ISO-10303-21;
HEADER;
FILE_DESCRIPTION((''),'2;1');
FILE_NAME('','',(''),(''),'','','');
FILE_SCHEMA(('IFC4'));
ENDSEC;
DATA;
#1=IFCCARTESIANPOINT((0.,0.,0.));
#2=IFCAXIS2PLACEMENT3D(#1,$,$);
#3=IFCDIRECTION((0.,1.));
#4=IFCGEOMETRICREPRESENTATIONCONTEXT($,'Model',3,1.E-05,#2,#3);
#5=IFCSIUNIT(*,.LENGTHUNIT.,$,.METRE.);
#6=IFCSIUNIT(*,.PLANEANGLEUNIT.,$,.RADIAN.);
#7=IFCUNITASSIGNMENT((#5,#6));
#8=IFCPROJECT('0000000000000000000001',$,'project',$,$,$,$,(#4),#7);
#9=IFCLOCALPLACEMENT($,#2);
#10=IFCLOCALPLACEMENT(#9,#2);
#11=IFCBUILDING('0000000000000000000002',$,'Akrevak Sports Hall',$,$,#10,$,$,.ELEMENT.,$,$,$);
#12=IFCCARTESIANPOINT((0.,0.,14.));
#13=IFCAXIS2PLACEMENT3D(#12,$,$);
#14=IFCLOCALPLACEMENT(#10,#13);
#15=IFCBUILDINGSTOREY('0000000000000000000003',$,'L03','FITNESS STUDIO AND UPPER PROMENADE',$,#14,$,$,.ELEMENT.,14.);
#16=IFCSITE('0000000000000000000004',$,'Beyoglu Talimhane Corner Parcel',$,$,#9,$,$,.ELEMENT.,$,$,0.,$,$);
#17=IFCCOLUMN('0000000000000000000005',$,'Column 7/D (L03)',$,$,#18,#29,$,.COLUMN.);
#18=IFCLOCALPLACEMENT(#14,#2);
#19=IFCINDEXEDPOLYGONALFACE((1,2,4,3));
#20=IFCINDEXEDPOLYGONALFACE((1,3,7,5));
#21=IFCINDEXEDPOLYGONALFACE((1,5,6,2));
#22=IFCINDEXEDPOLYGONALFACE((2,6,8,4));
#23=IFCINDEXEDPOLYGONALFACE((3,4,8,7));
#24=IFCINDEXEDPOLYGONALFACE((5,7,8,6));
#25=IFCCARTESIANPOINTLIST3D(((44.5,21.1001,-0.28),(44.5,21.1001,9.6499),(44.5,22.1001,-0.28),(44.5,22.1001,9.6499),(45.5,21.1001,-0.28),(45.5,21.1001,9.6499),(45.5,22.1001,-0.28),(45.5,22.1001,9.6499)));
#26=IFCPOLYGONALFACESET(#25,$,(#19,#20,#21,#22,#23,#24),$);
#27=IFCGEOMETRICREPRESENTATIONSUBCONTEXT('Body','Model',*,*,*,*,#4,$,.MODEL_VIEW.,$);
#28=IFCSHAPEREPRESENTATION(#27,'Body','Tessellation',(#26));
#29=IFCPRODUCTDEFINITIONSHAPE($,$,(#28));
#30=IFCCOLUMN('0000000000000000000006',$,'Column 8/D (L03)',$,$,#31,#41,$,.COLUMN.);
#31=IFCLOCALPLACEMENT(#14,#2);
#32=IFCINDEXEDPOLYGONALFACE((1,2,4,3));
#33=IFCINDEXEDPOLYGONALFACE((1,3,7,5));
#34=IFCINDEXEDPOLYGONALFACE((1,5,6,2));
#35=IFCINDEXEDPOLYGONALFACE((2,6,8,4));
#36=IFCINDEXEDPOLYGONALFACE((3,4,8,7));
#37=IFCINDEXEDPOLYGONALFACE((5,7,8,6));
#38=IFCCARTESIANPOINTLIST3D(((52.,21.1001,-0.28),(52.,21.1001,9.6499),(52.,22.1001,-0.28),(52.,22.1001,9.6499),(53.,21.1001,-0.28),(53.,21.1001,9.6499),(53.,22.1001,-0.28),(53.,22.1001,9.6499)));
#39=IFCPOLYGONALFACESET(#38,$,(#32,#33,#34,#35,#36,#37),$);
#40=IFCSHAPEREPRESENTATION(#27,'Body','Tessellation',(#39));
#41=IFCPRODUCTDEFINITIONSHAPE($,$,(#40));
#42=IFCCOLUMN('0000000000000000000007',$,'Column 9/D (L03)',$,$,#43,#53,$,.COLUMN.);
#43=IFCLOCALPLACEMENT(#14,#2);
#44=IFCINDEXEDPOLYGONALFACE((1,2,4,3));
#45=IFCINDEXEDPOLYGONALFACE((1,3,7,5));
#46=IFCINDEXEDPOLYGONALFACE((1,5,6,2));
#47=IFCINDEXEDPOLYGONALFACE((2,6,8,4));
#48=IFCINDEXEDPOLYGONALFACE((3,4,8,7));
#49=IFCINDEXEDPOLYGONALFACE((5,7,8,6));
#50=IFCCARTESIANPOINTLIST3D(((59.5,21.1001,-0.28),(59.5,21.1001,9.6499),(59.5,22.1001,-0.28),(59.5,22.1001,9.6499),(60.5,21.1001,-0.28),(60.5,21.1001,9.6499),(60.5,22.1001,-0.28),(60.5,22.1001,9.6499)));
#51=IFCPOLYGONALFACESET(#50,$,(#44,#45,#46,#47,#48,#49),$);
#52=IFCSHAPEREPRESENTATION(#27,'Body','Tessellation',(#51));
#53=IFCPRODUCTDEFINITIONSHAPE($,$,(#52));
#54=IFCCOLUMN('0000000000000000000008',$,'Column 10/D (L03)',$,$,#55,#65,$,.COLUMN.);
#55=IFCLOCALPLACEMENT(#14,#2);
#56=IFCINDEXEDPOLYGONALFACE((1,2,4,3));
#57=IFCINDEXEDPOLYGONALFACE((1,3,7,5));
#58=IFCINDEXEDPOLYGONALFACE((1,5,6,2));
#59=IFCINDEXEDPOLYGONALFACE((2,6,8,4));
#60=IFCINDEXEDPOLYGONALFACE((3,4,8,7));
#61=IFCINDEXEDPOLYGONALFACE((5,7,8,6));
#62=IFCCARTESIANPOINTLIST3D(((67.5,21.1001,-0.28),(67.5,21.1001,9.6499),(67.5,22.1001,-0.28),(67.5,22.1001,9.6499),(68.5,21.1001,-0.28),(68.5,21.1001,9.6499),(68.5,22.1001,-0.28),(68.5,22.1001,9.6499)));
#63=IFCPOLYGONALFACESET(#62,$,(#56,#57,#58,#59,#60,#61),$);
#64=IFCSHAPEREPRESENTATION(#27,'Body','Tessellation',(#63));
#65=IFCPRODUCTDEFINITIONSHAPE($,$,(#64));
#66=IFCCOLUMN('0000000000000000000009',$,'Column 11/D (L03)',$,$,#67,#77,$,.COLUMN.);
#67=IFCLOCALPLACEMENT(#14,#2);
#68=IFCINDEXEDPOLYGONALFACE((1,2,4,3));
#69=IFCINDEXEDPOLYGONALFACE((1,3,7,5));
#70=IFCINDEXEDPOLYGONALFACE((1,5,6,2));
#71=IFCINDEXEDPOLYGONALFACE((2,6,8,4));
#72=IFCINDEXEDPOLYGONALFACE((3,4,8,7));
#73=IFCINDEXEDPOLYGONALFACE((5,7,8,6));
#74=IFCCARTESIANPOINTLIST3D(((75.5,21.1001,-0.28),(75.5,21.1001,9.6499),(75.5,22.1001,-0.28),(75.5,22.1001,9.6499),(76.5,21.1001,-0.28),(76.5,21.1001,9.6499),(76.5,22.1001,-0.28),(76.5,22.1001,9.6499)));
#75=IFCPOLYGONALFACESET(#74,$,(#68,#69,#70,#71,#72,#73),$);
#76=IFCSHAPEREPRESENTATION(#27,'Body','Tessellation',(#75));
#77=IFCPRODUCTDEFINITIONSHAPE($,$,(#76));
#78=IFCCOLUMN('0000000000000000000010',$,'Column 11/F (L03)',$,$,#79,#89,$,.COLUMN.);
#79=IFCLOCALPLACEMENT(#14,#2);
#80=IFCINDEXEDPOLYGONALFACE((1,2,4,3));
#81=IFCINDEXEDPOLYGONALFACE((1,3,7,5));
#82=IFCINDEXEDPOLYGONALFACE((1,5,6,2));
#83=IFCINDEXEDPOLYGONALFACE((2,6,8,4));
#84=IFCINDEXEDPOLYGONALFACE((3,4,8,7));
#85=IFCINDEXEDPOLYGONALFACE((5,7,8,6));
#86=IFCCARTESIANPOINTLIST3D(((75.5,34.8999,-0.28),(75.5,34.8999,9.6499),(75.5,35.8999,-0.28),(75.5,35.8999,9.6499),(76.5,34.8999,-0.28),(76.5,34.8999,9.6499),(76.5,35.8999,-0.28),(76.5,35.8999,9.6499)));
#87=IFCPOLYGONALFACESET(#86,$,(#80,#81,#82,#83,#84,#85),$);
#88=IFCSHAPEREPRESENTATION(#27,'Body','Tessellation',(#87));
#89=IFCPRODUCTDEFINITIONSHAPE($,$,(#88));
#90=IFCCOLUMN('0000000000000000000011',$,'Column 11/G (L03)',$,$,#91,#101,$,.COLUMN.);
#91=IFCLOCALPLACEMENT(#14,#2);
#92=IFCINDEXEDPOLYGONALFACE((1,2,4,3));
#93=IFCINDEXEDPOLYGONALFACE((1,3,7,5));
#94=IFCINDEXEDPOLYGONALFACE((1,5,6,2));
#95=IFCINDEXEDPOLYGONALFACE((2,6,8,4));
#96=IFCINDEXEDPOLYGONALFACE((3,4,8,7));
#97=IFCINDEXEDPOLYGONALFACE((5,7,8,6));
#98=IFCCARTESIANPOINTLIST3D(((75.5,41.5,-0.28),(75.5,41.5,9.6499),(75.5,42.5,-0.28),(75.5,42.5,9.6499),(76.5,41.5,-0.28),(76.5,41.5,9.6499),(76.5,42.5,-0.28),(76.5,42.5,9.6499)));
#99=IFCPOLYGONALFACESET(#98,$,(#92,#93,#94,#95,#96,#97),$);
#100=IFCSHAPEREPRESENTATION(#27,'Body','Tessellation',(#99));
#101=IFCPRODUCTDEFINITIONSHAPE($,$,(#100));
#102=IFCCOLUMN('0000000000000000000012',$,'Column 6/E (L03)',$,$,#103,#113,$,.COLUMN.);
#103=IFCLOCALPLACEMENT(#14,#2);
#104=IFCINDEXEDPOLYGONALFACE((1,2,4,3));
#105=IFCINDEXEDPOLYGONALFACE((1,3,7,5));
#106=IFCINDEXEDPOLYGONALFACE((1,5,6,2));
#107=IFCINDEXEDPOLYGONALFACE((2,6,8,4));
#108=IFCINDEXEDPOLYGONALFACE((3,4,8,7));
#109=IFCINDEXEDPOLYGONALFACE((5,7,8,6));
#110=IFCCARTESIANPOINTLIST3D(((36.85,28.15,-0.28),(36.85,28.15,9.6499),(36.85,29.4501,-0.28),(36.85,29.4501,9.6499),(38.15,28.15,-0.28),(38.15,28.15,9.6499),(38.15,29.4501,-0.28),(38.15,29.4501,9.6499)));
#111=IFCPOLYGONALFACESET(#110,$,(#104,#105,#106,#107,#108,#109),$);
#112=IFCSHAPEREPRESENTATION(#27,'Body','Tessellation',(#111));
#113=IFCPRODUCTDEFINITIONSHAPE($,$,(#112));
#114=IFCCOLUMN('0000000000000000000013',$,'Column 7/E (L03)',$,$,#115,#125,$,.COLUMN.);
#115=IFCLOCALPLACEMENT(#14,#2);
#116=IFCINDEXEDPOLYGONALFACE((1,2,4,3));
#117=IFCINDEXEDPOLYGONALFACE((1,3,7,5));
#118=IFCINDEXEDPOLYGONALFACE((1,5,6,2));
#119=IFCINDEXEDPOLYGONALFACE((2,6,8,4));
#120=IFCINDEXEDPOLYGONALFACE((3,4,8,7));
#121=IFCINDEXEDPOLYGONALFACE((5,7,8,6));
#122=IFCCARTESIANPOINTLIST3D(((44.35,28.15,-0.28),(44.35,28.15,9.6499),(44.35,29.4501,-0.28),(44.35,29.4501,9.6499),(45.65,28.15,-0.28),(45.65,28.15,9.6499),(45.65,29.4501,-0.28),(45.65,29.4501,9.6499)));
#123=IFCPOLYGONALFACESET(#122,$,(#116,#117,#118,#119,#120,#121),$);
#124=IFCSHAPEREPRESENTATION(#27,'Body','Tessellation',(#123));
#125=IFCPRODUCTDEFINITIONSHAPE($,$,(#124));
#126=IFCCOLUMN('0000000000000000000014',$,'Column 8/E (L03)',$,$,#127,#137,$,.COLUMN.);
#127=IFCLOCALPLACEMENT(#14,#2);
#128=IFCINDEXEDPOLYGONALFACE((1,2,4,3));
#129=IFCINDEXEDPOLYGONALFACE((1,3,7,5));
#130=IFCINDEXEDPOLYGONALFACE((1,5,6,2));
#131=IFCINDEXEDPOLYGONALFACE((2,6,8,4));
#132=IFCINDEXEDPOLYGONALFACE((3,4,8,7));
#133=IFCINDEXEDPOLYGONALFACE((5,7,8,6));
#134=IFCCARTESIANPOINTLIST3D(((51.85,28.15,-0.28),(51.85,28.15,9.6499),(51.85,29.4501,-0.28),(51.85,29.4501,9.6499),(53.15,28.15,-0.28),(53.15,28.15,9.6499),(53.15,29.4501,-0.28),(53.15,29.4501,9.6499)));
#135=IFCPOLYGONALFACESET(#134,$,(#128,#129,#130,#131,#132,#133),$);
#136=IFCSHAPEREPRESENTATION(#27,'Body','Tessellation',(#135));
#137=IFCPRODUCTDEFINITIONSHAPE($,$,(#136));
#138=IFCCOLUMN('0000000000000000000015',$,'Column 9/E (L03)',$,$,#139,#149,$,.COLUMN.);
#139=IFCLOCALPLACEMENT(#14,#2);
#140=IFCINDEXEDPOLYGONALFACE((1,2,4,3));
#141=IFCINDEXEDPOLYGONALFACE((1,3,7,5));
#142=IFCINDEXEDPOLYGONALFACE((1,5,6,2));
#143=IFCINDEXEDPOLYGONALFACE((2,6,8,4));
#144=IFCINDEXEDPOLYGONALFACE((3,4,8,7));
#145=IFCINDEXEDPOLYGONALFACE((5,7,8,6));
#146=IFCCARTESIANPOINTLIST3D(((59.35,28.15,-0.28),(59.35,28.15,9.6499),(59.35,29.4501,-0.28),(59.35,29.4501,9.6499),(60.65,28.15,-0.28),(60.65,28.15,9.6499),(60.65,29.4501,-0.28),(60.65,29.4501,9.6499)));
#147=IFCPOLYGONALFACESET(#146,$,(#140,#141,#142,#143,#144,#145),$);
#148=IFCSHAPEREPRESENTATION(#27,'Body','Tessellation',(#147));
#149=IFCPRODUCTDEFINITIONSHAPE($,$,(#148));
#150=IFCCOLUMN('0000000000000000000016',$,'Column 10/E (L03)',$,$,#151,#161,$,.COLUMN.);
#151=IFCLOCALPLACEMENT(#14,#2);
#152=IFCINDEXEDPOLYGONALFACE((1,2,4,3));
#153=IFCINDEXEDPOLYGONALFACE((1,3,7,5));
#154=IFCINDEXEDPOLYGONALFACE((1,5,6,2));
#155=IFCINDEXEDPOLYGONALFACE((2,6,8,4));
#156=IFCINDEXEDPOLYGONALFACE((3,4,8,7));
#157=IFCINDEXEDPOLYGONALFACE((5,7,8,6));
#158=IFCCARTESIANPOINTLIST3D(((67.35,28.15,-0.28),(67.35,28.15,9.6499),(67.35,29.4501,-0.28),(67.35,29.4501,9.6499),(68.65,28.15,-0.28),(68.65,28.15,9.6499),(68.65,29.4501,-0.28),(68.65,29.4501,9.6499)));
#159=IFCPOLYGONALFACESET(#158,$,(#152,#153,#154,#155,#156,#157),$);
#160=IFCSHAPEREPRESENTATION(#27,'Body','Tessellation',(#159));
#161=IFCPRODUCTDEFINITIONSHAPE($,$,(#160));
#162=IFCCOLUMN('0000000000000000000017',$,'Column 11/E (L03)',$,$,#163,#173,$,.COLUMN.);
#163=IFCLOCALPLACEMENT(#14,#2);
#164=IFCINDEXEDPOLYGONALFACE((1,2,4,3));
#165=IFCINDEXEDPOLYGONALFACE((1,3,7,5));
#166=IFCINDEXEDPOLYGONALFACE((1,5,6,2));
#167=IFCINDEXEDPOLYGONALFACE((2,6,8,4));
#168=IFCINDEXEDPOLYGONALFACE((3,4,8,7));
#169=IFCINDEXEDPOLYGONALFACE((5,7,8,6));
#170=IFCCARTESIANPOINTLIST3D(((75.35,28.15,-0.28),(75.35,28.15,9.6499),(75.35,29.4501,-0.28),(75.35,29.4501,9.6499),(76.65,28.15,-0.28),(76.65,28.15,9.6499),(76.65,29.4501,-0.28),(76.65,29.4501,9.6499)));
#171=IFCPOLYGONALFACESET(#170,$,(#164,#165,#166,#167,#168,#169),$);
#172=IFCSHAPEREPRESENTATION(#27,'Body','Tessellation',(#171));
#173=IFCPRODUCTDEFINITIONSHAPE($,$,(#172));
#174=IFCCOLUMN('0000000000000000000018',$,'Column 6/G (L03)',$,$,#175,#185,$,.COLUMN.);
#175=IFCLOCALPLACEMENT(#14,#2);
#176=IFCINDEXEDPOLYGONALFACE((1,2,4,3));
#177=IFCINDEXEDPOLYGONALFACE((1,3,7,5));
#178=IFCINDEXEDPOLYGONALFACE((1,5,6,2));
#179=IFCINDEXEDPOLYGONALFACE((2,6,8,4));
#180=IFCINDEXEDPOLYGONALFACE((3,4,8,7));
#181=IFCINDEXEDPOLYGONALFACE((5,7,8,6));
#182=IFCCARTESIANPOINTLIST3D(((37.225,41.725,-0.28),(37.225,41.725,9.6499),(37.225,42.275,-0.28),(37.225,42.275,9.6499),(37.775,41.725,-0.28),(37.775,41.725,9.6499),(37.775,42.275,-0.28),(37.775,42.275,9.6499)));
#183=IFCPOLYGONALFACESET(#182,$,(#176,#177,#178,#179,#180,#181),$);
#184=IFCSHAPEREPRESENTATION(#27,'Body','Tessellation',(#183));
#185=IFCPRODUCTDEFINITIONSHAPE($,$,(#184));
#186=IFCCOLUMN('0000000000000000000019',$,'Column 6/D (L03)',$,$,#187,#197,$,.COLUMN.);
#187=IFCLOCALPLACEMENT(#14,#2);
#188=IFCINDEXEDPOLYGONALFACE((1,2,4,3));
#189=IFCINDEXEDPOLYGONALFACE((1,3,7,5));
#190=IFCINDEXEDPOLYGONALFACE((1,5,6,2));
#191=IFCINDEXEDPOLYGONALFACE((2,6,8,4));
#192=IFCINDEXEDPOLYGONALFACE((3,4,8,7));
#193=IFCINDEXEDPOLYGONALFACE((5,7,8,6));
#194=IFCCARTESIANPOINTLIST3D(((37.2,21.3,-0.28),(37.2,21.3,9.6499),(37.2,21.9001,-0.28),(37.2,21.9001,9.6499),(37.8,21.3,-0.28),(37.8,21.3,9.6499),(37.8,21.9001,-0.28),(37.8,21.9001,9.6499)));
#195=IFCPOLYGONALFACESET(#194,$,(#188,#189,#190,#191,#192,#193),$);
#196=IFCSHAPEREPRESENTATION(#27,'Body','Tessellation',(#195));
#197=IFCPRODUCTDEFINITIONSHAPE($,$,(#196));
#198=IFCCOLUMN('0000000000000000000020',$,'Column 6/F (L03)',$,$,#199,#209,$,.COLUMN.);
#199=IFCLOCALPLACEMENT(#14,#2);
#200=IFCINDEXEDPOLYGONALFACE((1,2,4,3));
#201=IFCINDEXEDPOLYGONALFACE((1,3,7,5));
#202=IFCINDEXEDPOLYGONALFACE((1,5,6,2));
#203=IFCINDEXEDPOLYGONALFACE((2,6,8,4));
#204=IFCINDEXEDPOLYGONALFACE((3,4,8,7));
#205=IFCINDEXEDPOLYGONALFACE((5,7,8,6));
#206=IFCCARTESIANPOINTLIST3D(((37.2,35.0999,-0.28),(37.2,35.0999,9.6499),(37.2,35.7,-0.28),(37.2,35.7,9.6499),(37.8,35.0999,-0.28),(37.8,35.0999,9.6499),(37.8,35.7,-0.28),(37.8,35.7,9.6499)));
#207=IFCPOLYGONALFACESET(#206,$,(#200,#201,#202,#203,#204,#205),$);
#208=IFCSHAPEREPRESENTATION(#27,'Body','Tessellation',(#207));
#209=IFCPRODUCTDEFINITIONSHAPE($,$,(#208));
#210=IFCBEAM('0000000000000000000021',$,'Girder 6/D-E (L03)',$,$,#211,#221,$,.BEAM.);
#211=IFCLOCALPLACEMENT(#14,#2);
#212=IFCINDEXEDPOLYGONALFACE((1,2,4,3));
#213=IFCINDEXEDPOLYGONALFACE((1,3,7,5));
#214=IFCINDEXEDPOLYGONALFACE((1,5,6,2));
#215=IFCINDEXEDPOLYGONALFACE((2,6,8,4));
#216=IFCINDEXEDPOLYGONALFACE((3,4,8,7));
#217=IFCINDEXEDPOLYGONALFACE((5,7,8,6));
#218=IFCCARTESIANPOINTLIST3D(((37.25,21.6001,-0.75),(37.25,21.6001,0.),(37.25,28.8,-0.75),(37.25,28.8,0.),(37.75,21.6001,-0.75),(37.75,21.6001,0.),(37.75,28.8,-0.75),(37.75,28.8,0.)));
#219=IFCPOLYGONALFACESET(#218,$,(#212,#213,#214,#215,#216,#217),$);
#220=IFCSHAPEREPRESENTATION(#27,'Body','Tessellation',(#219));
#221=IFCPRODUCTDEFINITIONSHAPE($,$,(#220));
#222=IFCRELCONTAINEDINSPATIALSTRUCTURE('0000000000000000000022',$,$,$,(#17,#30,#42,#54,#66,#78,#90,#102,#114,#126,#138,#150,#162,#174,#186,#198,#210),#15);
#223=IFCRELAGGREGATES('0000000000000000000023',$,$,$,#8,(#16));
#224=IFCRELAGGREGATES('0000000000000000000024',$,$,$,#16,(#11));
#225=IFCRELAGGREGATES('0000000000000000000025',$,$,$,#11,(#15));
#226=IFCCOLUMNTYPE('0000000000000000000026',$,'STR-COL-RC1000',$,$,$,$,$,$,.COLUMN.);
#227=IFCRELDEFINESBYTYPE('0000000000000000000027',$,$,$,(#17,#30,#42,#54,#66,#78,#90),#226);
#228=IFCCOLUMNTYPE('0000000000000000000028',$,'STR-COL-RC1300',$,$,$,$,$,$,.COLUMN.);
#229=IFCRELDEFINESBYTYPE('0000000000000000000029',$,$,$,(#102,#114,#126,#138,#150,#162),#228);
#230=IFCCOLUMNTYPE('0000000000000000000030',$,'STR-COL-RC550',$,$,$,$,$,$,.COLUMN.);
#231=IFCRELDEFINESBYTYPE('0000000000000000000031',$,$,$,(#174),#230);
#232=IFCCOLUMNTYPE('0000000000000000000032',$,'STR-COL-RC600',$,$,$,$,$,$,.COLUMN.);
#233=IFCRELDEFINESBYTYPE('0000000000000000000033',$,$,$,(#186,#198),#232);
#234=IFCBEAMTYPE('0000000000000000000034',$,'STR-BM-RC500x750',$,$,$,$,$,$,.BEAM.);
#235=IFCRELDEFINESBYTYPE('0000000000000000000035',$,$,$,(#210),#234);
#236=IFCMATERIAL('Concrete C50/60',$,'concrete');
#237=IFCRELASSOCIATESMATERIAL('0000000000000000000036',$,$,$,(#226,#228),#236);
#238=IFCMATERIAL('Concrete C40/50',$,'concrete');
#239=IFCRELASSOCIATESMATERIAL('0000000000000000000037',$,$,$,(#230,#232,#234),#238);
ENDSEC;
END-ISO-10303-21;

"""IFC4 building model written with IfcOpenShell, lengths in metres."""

from ifc_helpers import new_model, si_unit, direction, frame, origin, origin_2d, place, context, subcontext, project, spatial, rectangle, extrude, material, material_profile, profile_set, type_object, element, save


model = new_model("IFC4")

# Units and contexts
model_context = context("Model", 3, precision=1e-05, world=origin(), true_north=direction((0.0, 1.0)))
body_context = subcontext(model_context, "Body", "Model", "MODEL_VIEW")
ifc_project = project(units=[si_unit("LENGTHUNIT", "METRE"), si_unit("PLANEANGLEUNIT", "RADIAN")], contexts=[model_context])

# Site, building, storey
site_placement = place(None, origin())
site = spatial("IfcSite", under=ifc_project, at=site_placement, Name="Beyoglu Talimhane Corner Parcel", CompositionType="ELEMENT", RefElevation=0.0)
building_placement = place(site_placement, origin())
building = spatial("IfcBuilding", under=site, at=building_placement, Name="Akrevak Sports Hall", CompositionType="ELEMENT")
storey_placement = place(building_placement, frame((0.0, 0.0, 14.0)))
storey = spatial("IfcBuildingStorey", under=building, at=storey_placement, Name="L03", Description="FITNESS STUDIO AND UPPER PROMENADE", CompositionType="ELEMENT", Elevation=14.0)

# Columns
ifc_material_1 = material(Name="Concrete C50/60", Category="concrete")
ifc_material_profile_1 = material_profile(ifc_material_1, rectangle(XDim=1.0, YDim=1.0, at=origin_2d()), Name="RC 1000x1000", Category="concrete")
ifc_profile_set_1 = profile_set([ifc_material_profile_1], Name="Concrete C50/60")
column_type_1 = type_object("IfcColumnType", Name="STR-COL-RC1000", PredefinedType="COLUMN", material=ifc_profile_set_1)
for number, where, z_axis, x_axis, name in (
    (1, (45.0, 21.6001, -0.28), (0.0, 0.0, 1.0), (1.0, 0.0, 0.0), "Column 7/D (L03)"),
    (2, (52.5, 21.6001, -0.28), (0.0, 0.0, 1.0), (1.0, 0.0, 0.0), "Column 8/D (L03)"),
    (3, (60.0, 21.6001, -0.28), (0.0, 0.0, 1.0), (1.0, 0.0, 0.0), "Column 9/D (L03)"),
    (4, (68.0, 21.6001, -0.28), (0.0, 0.0, 1.0), (1.0, 0.0, 0.0), "Column 10/D (L03)"),
    (5, (76.0, 21.6001, -0.28), (0.0, 0.0, 1.0), (1.0, 0.0, 0.0), "Column 11/D (L03)"),
    (6, (76.0, 35.3999, -0.28), (0.0, 0.0, 1.0), (1.0, 0.0, 0.0), "Column 11/F (L03)"),
    (7, (76.0, 42.0, -0.28), (0.0, 0.0, 1.0), (1.0, 0.0, 0.0), "Column 11/G (L03)"),
):
    element("IfcColumn", number, at=place(storey_placement, frame(where, z_axis=z_axis, x_axis=x_axis)), inside=storey, type_object=column_type_1, Name=name, PredefinedType="COLUMN", context=body_context, shape_type="SweptSolid", body=[
        extrude(rectangle(XDim=1.0, YDim=1.0, at=origin_2d()), origin(), (0.0, 0.0, 1.0), 9.9299),
    ])
ifc_material_profile_2 = material_profile(ifc_material_1, rectangle(XDim=1.3, YDim=1.3, at=origin_2d()), Name="RC 1300x1300", Category="concrete")
ifc_profile_set_2 = profile_set([ifc_material_profile_2], Name="Concrete C50/60")
column_type_2 = type_object("IfcColumnType", Name="STR-COL-RC1300", PredefinedType="COLUMN", material=ifc_profile_set_2)
for number, where, z_axis, x_axis, name in (
    (8, (37.5, 28.8, -0.28), (0.0, 0.0, 1.0), (1.0, 0.0, 0.0), "Column 6/E (L03)"),
    (9, (45.0, 28.8, -0.28), (0.0, 0.0, 1.0), (1.0, 0.0, 0.0), "Column 7/E (L03)"),
    (10, (52.5, 28.8, -0.28), (0.0, 0.0, 1.0), (1.0, 0.0, 0.0), "Column 8/E (L03)"),
    (11, (60.0, 28.8, -0.28), (0.0, 0.0, 1.0), (1.0, 0.0, 0.0), "Column 9/E (L03)"),
    (12, (68.0, 28.8, -0.28), (0.0, 0.0, 1.0), (1.0, 0.0, 0.0), "Column 10/E (L03)"),
    (13, (76.0, 28.8, -0.28), (0.0, 0.0, 1.0), (1.0, 0.0, 0.0), "Column 11/E (L03)"),
):
    element("IfcColumn", number, at=place(storey_placement, frame(where, z_axis=z_axis, x_axis=x_axis)), inside=storey, type_object=column_type_2, Name=name, PredefinedType="COLUMN", context=body_context, shape_type="SweptSolid", body=[
        extrude(rectangle(XDim=1.3, YDim=1.3, at=origin_2d()), origin(), (0.0, 0.0, 1.0), 9.9299),
    ])
ifc_material_2 = material(Name="Concrete C40/50", Category="concrete")
ifc_material_profile_3 = material_profile(ifc_material_2, rectangle(XDim=0.55, YDim=0.55, at=origin_2d()), Name="RC 550x550", Category="concrete")
ifc_profile_set_3 = profile_set([ifc_material_profile_3], Name="Concrete C40/50")
column_type_3 = type_object("IfcColumnType", Name="STR-COL-RC550", PredefinedType="COLUMN", material=ifc_profile_set_3)
column_placement = place(storey_placement, frame((37.5, 42.0, -0.28), z_axis=(0.0, 0.0, 1.0), x_axis=(1.0, 0.0, 0.0)))
element("IfcColumn", 14, at=column_placement, inside=storey, type_object=column_type_3, Name="Column 6/G (L03)", PredefinedType="COLUMN", context=body_context, shape_type="SweptSolid", body=[
    extrude(rectangle(XDim=0.55, YDim=0.55, at=origin_2d()), origin(), (0.0, 0.0, 1.0), 9.9299),
])
ifc_material_profile_4 = material_profile(ifc_material_2, rectangle(XDim=0.6001, YDim=0.6001, at=origin_2d()), Name="RC 600x600", Category="concrete")
ifc_profile_set_4 = profile_set([ifc_material_profile_4], Name="Concrete C40/50")
column_type_4 = type_object("IfcColumnType", Name="STR-COL-RC600", PredefinedType="COLUMN", material=ifc_profile_set_4)
for number, where, z_axis, x_axis, name in (
    (15, (37.5, 21.6001, -0.28), (0.0, 0.0, 1.0), (1.0, 0.0, 0.0), "Column 6/D (L03)"),
    (16, (37.5, 35.3999, -0.28), (0.0, 0.0, 1.0), (1.0, 0.0, 0.0), "Column 6/F (L03)"),
):
    element("IfcColumn", number, at=place(storey_placement, frame(where, z_axis=z_axis, x_axis=x_axis)), inside=storey, type_object=column_type_4, Name=name, PredefinedType="COLUMN", context=body_context, shape_type="SweptSolid", body=[
        extrude(rectangle(XDim=0.6001, YDim=0.6001, at=origin_2d()), origin(), (0.0, 0.0, 1.0), 9.9299),
    ])

# Beam
ifc_material_profile_5 = material_profile(ifc_material_2, rectangle(XDim=0.5, YDim=0.75, at=origin_2d()), Name="BM 500x750", Category="concrete")
ifc_profile_set_5 = profile_set([ifc_material_profile_5], Name="Concrete C40/50")
beam_type_1 = type_object("IfcBeamType", Name="STR-BM-RC500x750", PredefinedType="BEAM", material=ifc_profile_set_5)
beam_1_placement = place(storey_placement, frame((37.5, 21.6001, -0.375), z_axis=(0.0, 1.0, 0.0), x_axis=(-1.0, 0.0, 0.0)))
element("IfcBeam", 17, at=beam_1_placement, inside=storey, type_object=beam_type_1, Name="Girder 6/D-E (L03)", PredefinedType="BEAM", context=body_context, shape_type="SweptSolid", body=[
    extrude(rectangle(XDim=0.5, YDim=0.75, at=origin_2d()), origin(), (0.0, 0.0, 1.0), 7.2),
])

save(model, "model.ifc")
